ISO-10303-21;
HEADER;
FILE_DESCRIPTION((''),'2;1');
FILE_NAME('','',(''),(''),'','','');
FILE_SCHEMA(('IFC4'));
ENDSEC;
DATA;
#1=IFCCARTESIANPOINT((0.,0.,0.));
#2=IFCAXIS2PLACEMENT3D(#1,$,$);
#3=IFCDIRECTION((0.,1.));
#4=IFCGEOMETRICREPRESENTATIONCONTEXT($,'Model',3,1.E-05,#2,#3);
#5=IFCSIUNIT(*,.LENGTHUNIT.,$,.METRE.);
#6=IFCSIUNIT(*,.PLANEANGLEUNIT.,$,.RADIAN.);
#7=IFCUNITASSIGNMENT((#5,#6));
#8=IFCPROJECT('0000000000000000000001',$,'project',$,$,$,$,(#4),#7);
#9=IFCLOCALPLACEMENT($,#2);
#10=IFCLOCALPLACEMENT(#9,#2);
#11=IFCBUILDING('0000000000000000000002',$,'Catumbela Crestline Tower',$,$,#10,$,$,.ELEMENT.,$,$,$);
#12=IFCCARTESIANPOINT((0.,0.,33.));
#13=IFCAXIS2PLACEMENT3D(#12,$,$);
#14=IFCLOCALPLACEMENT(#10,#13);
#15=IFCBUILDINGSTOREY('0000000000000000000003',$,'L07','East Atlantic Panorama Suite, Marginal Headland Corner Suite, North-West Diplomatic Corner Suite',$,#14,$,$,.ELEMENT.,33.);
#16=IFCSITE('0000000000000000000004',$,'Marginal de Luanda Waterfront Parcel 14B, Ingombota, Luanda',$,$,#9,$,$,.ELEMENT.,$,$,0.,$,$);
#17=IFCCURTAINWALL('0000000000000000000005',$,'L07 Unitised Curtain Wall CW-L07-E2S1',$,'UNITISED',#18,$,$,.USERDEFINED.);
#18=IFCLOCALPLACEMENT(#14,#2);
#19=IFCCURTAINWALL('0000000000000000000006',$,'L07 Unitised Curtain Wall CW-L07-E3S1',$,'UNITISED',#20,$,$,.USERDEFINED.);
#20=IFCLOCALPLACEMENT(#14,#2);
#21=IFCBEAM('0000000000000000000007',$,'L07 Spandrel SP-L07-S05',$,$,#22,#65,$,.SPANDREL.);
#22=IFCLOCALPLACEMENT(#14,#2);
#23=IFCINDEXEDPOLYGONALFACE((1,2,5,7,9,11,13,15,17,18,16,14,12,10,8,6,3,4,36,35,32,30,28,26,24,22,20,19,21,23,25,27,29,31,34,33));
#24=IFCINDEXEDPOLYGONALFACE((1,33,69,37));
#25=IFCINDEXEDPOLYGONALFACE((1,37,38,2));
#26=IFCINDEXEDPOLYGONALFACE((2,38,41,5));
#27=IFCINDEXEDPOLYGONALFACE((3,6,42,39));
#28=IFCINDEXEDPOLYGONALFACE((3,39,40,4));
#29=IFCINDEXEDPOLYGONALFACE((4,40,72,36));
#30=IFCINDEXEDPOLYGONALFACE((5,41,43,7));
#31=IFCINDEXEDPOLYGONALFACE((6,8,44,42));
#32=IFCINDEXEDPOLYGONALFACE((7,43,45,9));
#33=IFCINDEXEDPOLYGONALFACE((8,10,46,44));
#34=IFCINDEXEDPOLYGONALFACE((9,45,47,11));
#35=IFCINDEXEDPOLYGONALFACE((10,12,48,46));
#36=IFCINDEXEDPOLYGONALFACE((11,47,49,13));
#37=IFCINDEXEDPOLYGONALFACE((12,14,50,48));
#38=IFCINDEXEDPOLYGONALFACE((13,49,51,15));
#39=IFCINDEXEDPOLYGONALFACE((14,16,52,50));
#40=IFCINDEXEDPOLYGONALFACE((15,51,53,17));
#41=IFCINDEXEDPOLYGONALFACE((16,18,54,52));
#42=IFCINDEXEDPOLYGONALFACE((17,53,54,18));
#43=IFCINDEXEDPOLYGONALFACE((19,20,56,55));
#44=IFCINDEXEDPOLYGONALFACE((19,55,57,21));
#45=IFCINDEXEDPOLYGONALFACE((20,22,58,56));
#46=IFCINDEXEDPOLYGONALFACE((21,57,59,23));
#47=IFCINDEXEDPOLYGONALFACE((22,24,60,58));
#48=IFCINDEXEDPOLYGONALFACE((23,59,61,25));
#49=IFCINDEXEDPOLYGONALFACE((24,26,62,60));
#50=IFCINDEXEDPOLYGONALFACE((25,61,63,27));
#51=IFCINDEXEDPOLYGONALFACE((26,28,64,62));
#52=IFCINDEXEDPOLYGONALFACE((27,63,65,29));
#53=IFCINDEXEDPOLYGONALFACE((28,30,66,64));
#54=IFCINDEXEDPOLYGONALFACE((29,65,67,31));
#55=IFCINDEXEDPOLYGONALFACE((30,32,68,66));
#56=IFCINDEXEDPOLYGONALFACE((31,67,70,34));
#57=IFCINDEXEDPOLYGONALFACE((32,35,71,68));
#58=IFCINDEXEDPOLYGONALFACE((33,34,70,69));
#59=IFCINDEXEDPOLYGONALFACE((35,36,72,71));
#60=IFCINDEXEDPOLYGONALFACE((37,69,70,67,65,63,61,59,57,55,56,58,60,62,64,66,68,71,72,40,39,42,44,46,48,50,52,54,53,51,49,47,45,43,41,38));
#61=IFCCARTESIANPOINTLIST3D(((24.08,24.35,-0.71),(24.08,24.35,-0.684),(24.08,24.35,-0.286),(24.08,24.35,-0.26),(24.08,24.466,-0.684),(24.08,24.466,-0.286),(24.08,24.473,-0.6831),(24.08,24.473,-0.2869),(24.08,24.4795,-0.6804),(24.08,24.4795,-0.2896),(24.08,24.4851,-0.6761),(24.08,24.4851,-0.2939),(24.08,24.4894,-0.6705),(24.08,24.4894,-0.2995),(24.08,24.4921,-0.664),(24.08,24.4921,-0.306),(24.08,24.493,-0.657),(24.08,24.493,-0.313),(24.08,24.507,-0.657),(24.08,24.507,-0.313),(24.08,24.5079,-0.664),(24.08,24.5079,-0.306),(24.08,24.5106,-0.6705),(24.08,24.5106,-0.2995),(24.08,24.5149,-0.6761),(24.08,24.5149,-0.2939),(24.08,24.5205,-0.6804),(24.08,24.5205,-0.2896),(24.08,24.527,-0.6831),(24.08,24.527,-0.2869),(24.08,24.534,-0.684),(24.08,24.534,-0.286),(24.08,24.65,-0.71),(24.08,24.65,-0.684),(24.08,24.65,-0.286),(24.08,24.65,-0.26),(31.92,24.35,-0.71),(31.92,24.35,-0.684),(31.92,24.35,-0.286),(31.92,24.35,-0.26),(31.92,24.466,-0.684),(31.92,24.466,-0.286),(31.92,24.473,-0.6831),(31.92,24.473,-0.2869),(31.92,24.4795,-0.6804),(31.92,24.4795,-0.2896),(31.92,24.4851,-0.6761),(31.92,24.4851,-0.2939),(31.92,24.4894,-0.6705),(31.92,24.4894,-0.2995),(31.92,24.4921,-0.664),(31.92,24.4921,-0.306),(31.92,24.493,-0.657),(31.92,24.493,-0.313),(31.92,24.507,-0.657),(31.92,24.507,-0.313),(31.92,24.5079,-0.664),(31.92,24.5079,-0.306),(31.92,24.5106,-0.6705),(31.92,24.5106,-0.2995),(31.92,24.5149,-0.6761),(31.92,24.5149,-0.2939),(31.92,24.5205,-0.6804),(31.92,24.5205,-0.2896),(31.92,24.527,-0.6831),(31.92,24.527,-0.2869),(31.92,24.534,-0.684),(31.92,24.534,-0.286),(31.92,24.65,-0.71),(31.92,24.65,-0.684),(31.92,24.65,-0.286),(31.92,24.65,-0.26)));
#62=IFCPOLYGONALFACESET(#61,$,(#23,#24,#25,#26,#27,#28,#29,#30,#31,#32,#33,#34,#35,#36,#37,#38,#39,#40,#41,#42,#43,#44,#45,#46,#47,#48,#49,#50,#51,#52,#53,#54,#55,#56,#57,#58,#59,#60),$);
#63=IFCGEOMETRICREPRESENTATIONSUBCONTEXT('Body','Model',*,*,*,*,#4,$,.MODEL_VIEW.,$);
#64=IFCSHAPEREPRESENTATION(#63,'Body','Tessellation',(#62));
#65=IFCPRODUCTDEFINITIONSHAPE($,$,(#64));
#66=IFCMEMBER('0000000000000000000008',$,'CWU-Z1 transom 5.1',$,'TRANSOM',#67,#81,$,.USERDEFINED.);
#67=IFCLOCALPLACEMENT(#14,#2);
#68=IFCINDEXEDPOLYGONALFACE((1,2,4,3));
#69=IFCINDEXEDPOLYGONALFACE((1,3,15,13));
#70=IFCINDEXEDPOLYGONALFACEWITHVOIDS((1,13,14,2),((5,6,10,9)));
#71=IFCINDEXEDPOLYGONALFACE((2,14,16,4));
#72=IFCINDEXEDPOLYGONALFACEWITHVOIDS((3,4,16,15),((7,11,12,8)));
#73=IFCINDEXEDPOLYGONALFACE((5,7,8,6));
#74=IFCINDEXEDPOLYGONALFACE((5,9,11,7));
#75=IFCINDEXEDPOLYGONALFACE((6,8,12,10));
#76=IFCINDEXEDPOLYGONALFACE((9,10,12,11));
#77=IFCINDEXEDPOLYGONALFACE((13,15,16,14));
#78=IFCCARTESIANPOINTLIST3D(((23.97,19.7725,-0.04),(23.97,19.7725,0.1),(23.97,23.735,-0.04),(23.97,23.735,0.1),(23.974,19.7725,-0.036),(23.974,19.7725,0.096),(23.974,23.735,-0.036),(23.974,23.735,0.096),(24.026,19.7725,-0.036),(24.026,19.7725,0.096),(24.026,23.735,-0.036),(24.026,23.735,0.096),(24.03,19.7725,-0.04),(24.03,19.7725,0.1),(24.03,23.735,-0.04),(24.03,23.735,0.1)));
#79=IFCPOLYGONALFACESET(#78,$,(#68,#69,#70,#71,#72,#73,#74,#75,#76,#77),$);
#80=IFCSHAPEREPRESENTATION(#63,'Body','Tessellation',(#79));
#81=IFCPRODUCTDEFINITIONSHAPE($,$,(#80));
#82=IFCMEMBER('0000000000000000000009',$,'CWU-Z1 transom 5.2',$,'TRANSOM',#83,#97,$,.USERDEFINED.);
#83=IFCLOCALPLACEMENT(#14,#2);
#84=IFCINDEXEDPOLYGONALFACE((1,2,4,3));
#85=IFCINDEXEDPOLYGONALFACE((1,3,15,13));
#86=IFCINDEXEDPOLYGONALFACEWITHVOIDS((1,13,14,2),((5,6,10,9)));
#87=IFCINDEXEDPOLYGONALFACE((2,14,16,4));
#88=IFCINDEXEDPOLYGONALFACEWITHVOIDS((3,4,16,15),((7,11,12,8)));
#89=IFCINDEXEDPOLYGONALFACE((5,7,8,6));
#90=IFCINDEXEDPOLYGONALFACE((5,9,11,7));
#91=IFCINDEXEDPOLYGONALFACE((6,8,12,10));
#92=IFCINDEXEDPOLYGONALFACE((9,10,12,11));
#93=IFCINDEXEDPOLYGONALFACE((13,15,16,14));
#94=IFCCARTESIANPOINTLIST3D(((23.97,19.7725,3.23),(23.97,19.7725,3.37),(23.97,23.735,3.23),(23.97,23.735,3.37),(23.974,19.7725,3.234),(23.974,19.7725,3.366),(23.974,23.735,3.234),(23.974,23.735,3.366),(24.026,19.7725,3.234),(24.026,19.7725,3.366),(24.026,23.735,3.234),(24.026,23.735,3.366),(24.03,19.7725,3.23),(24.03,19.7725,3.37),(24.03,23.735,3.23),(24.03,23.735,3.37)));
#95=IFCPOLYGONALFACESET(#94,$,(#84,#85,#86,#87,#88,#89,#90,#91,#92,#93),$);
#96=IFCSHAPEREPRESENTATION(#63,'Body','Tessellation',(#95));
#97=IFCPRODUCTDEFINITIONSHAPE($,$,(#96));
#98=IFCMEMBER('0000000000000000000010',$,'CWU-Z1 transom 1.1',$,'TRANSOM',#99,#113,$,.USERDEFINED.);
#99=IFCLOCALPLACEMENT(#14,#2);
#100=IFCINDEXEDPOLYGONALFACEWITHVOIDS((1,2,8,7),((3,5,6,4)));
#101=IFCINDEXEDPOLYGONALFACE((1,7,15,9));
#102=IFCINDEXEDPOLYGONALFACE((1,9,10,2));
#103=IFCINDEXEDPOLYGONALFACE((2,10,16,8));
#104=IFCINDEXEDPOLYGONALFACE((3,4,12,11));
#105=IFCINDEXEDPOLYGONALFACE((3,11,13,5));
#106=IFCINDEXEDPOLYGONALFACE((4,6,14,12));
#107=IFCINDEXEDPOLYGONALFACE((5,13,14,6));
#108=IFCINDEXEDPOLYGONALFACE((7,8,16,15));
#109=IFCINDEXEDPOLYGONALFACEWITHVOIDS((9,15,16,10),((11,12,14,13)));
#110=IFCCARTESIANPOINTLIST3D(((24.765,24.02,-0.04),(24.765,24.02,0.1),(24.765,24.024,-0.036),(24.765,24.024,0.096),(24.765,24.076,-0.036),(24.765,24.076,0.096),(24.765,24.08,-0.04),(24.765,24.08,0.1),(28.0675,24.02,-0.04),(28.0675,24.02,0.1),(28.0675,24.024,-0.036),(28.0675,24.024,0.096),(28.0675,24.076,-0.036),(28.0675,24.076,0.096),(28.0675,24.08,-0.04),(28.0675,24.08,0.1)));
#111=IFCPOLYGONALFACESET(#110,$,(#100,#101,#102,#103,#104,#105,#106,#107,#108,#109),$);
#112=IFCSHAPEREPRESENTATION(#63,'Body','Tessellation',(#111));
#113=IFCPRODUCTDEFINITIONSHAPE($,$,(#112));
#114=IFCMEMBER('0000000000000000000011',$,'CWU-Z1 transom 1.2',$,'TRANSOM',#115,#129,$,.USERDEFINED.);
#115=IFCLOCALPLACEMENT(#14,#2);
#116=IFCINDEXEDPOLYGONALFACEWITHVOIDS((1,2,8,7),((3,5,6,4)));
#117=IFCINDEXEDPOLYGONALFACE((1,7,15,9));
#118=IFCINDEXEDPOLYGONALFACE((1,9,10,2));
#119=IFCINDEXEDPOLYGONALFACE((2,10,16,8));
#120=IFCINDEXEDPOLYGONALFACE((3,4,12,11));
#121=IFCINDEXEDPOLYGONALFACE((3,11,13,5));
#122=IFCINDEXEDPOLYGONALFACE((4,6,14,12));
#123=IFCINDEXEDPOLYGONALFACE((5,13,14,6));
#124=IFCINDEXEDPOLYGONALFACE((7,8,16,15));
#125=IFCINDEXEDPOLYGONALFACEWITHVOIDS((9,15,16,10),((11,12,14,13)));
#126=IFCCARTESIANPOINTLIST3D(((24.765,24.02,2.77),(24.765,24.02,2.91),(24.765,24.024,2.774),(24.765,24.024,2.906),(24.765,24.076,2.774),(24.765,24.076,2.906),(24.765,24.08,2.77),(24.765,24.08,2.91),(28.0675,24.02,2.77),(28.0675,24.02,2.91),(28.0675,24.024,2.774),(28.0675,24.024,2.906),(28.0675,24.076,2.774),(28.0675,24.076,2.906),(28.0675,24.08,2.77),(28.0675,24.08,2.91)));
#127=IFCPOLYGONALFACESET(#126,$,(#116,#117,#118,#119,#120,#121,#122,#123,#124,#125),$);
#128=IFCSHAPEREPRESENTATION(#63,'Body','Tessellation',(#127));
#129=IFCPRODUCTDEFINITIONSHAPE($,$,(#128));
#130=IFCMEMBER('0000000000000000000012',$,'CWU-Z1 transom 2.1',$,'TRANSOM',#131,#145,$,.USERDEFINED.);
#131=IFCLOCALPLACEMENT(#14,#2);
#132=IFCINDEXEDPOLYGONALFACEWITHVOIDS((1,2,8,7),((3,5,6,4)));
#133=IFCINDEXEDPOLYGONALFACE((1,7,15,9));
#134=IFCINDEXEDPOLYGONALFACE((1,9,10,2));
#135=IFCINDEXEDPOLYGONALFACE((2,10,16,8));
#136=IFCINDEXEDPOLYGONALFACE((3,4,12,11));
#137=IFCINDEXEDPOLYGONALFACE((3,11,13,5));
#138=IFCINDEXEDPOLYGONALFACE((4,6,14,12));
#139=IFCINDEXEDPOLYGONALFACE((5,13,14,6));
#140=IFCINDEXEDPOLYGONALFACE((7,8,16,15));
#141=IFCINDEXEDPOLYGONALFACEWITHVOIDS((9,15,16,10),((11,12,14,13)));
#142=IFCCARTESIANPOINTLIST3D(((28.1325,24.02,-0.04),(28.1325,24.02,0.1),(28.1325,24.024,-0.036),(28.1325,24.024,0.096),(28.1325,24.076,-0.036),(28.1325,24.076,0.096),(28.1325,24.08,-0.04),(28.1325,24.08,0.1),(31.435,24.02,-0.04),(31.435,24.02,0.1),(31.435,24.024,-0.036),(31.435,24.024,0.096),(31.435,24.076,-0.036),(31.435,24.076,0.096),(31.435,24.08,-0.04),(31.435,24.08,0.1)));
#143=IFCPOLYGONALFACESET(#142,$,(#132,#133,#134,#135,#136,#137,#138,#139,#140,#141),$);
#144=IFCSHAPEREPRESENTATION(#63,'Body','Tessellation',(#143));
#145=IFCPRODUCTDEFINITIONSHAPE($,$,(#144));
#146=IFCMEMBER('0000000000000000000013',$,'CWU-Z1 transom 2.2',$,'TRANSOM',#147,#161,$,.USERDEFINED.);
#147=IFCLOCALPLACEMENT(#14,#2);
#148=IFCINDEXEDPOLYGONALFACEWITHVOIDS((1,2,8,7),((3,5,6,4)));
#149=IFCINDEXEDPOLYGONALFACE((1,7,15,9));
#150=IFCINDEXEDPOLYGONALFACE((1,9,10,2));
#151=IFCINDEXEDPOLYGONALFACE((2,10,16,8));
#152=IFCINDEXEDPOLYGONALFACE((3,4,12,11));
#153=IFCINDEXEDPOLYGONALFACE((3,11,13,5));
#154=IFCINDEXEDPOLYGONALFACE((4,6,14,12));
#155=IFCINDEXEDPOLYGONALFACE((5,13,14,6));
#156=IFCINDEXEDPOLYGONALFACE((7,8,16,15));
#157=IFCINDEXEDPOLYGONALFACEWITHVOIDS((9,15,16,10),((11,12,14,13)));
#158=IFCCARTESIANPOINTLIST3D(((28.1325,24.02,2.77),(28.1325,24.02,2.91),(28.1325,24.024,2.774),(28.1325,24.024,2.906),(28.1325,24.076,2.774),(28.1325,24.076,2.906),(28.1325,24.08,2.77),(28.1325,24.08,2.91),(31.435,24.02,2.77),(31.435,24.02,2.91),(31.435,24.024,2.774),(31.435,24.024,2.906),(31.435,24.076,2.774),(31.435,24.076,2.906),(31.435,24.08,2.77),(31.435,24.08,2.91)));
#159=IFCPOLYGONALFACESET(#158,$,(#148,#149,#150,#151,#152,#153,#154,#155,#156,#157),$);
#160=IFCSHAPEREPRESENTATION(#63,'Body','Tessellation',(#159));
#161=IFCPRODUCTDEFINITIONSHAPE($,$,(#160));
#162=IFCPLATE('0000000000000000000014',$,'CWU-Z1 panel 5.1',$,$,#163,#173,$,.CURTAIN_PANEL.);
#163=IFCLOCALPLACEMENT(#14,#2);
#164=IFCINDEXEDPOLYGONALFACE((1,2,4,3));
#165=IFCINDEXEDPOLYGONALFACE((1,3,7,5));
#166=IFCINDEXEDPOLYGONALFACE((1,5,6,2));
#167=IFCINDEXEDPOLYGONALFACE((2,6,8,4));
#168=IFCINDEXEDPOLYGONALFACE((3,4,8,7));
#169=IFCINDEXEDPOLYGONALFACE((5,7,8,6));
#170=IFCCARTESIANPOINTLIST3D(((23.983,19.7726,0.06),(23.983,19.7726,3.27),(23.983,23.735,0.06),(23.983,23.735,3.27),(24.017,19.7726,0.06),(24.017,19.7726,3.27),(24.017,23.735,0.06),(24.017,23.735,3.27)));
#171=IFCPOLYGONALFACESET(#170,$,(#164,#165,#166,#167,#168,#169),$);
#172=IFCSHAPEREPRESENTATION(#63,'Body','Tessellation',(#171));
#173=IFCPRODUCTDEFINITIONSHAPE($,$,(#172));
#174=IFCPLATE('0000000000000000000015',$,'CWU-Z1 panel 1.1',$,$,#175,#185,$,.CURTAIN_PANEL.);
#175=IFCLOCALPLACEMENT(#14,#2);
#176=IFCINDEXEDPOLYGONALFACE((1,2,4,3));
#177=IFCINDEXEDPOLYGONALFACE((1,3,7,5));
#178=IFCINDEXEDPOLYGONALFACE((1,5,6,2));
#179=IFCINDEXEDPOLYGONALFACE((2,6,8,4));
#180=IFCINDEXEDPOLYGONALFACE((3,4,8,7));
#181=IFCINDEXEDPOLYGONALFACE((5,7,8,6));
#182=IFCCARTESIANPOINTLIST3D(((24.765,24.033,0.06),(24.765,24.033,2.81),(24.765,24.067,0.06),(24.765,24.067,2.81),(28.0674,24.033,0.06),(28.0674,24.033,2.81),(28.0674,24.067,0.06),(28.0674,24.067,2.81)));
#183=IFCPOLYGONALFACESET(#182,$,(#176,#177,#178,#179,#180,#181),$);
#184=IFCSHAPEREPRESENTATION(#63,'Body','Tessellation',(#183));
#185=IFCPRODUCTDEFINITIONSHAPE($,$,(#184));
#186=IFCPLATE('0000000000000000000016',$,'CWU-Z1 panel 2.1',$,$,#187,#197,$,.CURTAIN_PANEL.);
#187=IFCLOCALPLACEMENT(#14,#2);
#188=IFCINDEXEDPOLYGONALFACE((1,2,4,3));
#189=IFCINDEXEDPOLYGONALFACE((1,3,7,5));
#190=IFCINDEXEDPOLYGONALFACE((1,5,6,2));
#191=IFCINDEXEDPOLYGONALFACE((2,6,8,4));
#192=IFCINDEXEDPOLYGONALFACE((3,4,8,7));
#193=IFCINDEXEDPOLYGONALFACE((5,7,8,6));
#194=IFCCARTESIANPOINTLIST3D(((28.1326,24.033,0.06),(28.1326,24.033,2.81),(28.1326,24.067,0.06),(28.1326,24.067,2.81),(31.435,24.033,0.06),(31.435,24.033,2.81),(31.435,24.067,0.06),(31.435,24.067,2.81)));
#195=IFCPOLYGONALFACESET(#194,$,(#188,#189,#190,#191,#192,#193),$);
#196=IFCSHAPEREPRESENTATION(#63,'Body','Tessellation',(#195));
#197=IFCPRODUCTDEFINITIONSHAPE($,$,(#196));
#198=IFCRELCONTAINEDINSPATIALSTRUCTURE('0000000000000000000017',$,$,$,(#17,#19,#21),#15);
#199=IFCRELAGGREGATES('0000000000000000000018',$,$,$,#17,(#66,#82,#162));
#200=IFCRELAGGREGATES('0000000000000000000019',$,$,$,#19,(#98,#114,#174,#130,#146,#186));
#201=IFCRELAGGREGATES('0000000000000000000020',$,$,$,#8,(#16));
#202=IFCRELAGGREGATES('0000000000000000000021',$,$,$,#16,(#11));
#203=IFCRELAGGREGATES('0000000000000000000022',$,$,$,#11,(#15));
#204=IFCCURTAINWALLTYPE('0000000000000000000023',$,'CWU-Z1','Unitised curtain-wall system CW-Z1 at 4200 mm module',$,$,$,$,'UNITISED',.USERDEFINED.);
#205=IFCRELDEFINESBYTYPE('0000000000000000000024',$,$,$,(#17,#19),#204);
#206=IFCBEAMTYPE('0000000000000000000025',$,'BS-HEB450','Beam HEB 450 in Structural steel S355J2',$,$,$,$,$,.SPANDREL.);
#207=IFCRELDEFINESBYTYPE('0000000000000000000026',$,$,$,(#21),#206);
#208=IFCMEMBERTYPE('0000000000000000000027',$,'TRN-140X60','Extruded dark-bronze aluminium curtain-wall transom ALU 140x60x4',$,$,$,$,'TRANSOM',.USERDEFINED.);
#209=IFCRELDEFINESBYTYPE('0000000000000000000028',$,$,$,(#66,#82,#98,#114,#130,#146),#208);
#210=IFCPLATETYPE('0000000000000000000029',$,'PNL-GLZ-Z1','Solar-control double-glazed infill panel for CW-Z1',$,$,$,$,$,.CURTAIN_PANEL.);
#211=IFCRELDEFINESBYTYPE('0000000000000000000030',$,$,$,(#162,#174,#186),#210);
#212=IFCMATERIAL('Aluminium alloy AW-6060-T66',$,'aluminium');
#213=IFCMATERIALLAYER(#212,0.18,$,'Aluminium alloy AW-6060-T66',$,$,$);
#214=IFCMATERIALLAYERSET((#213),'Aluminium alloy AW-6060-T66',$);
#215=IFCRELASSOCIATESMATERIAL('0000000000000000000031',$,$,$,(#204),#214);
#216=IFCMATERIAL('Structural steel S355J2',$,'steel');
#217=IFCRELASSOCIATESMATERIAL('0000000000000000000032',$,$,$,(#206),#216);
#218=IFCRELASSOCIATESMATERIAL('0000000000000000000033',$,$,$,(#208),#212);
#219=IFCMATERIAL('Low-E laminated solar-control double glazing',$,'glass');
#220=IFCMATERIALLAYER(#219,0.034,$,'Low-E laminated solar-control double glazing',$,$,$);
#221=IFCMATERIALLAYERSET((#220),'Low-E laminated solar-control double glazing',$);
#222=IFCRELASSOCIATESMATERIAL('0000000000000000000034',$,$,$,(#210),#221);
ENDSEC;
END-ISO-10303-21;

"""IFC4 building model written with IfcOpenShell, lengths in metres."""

from ifc_helpers import new_model, si_unit, direction, frame, origin, origin_2d, place, context, subcontext, project, spatial, rectangle, hollow_rectangle, i_section, extrude, material, layer, layer_set, material_profile, profile_set, type_object, element, aggregate, save


model = new_model("IFC4")

# Units and contexts
model_context = context("Model", 3, precision=1e-05, world=origin(), true_north=direction((0.0, 1.0)))
body_context = subcontext(model_context, "Body", "Model", "MODEL_VIEW")
ifc_project = project(units=[si_unit("LENGTHUNIT", "METRE"), si_unit("PLANEANGLEUNIT", "RADIAN")], contexts=[model_context])

# Site, building, storey
site_placement = place(None, origin())
site = spatial("IfcSite", under=ifc_project, at=site_placement, Name="Marginal de Luanda Waterfront Parcel 14B, Ingombota, Luanda", CompositionType="ELEMENT", RefElevation=0.0)
building_placement = place(site_placement, origin())
building = spatial("IfcBuilding", under=site, at=building_placement, Name="Catumbela Crestline Tower", CompositionType="ELEMENT")
storey_placement = place(building_placement, frame((0.0, 0.0, 33.0)))
storey = spatial("IfcBuildingStorey", under=building, at=storey_placement, Name="L07", Description="East Atlantic Panorama Suite, Marginal Headland Corner Suite, North-West Diplomatic Corner Suite", CompositionType="ELEMENT", Elevation=33.0)

# Shared definitions
ifc_material_1 = material(Name="Structural steel S355J2", Category="steel")

# Curtain walls
ifc_material_2 = material(Name="Aluminium alloy AW-6060-T66", Category="aluminium")
ifc_layer_1 = layer(ifc_material_2, 0.18, Name="Aluminium alloy AW-6060-T66")
ifc_layer_set_1 = layer_set([ifc_layer_1], Name="Aluminium alloy AW-6060-T66")
curtain_wall_type = type_object("IfcCurtainWallType", Name="CWU-Z1", Description="Unitised curtain-wall system CW-Z1 at 4200 mm module", ElementType="UNITISED", PredefinedType="USERDEFINED", material=ifc_layer_set_1)
curtain_wall_1_placement = place(storey_placement, origin())
curtain_wall_1 = element("IfcCurtainWall", 1, at=curtain_wall_1_placement, inside=storey, type_object=curtain_wall_type, Name="L07 Unitised Curtain Wall CW-L07-E2S1", ObjectType="UNITISED", PredefinedType="USERDEFINED")
curtain_wall_2_placement = place(storey_placement, origin())
curtain_wall_2 = element("IfcCurtainWall", 2, at=curtain_wall_2_placement, inside=storey, type_object=curtain_wall_type, Name="L07 Unitised Curtain Wall CW-L07-E3S1", ObjectType="UNITISED", PredefinedType="USERDEFINED")

# Beam
ifc_material_profile_1 = material_profile(ifc_material_1, i_section(OverallWidth=0.3, OverallDepth=0.45, WebThickness=0.014, FlangeThickness=0.026, FilletRadius=0.027, at=origin_2d()), Name="HEB 450")
ifc_profile_set_1 = profile_set([ifc_material_profile_1], Name="Structural steel S355J2")
beam_type_1 = type_object("IfcBeamType", Name="BS-HEB450", Description="Beam HEB 450 in Structural steel S355J2", PredefinedType="SPANDREL", material=ifc_profile_set_1)
beam_1_placement = place(storey_placement, frame((24.08, 24.5, -0.485), z_axis=(1.0, 0.0, 0.0), x_axis=(0.0, 1.0, 0.0)))
element("IfcBeam", 3, at=beam_1_placement, inside=storey, type_object=beam_type_1, Name="L07 Spandrel SP-L07-S05", PredefinedType="SPANDREL", context=body_context, shape_type="SweptSolid", body=[
    extrude(i_section(OverallWidth=0.3, OverallDepth=0.45, WebThickness=0.014, FlangeThickness=0.026, FilletRadius=0.027, at=origin_2d()), origin(), (0.0, 0.0, 1.0), 7.84),
])

# Members
ifc_material_profile_2 = material_profile(ifc_material_2, hollow_rectangle(XDim=0.06, YDim=0.14, WallThickness=0.004, at=origin_2d()), Name="ALU 140x60x4")
ifc_profile_set_2 = profile_set([ifc_material_profile_2], Name="Aluminium alloy AW-6060-T66")
member_type_1 = type_object("IfcMemberType", Name="TRN-140X60", Description="Extruded dark-bronze aluminium curtain-wall transom ALU 140x60x4", ElementType="TRANSOM", PredefinedType="USERDEFINED", material=ifc_profile_set_2)
member_1_placement = place(storey_placement, frame((24.0, 19.7725, 0.03), z_axis=(0.0, 1.0, 0.0), x_axis=(-1.0, 0.0, 0.0)))
member_1 = element("IfcMember", 4, at=member_1_placement, type_object=member_type_1, Name="CWU-Z1 transom 5.1", ObjectType="TRANSOM", PredefinedType="USERDEFINED", context=body_context, shape_type="SweptSolid", body=[
    extrude(hollow_rectangle(XDim=0.06, YDim=0.14, WallThickness=0.004, at=origin_2d()), origin(), (0.0, 0.0, 1.0), 3.9625),
])
member_2_placement = place(storey_placement, frame((24.0, 19.7725, 3.3), z_axis=(0.0, 1.0, 0.0), x_axis=(-1.0, 0.0, 0.0)))
member_2 = element("IfcMember", 5, at=member_2_placement, type_object=member_type_1, Name="CWU-Z1 transom 5.2", ObjectType="TRANSOM", PredefinedType="USERDEFINED", context=body_context, shape_type="SweptSolid", body=[
    extrude(hollow_rectangle(XDim=0.06, YDim=0.14, WallThickness=0.004, at=origin_2d()), origin(), (0.0, 0.0, 1.0), 3.9625),
])
member_3_placement = place(storey_placement, frame((24.765, 24.05, 0.03), z_axis=(1.0, 0.0, 0.0), x_axis=(0.0, 1.0, 0.0)))
member_3 = element("IfcMember", 6, at=member_3_placement, type_object=member_type_1, Name="CWU-Z1 transom 1.1", ObjectType="TRANSOM", PredefinedType="USERDEFINED", context=body_context, shape_type="SweptSolid", body=[
    extrude(hollow_rectangle(XDim=0.06, YDim=0.14, WallThickness=0.004, at=origin_2d()), origin(), (0.0, 0.0, 1.0), 3.3025),
])
member_4_placement = place(storey_placement, frame((24.765, 24.05, 2.84), z_axis=(1.0, 0.0, 0.0), x_axis=(0.0, 1.0, 0.0)))
member_4 = element("IfcMember", 7, at=member_4_placement, type_object=member_type_1, Name="CWU-Z1 transom 1.2", ObjectType="TRANSOM", PredefinedType="USERDEFINED", context=body_context, shape_type="SweptSolid", body=[
    extrude(hollow_rectangle(XDim=0.06, YDim=0.14, WallThickness=0.004, at=origin_2d()), origin(), (0.0, 0.0, 1.0), 3.3025),
])
member_5_placement = place(storey_placement, frame((28.1325, 24.05, 0.03), z_axis=(1.0, 0.0, 0.0), x_axis=(0.0, 1.0, 0.0)))
member_5 = element("IfcMember", 8, at=member_5_placement, type_object=member_type_1, Name="CWU-Z1 transom 2.1", ObjectType="TRANSOM", PredefinedType="USERDEFINED", context=body_context, shape_type="SweptSolid", body=[
    extrude(hollow_rectangle(XDim=0.06, YDim=0.14, WallThickness=0.004, at=origin_2d()), origin(), (0.0, 0.0, 1.0), 3.3025),
])
member_6_placement = place(storey_placement, frame((28.1325, 24.05, 2.84), z_axis=(1.0, 0.0, 0.0), x_axis=(0.0, 1.0, 0.0)))
member_6 = element("IfcMember", 9, at=member_6_placement, type_object=member_type_1, Name="CWU-Z1 transom 2.2", ObjectType="TRANSOM", PredefinedType="USERDEFINED", context=body_context, shape_type="SweptSolid", body=[
    extrude(hollow_rectangle(XDim=0.06, YDim=0.14, WallThickness=0.004, at=origin_2d()), origin(), (0.0, 0.0, 1.0), 3.3025),
])

# Plates
ifc_material_3 = material(Name="Low-E laminated solar-control double glazing", Category="glass")
ifc_layer_2 = layer(ifc_material_3, 0.034, Name="Low-E laminated solar-control double glazing")
ifc_layer_set_2 = layer_set([ifc_layer_2], Name="Low-E laminated solar-control double glazing")
plate_type = type_object("IfcPlateType", Name="PNL-GLZ-Z1", Description="Solar-control double-glazed infill panel for CW-Z1", PredefinedType="CURTAIN_PANEL", material=ifc_layer_set_2)
plate_1_placement = place(storey_placement, frame((24.0, 21.7538, 0.06), z_axis=(0.0, 0.0, 1.0), x_axis=(0.0, 1.0, 0.0)))
plate_1 = element("IfcPlate", 10, at=plate_1_placement, type_object=plate_type, Name="CWU-Z1 panel 5.1", PredefinedType="CURTAIN_PANEL", context=body_context, shape_type="SweptSolid", body=[
    extrude(rectangle(XDim=3.9625, YDim=0.034, at=origin_2d()), origin(), (0.0, 0.0, 1.0), 3.21),
])
aggregate(curtain_wall_1, [member_1, member_2, plate_1])
plate_2_placement = place(storey_placement, frame((26.4162, 24.05, 0.06), z_axis=(0.0, 0.0, 1.0), x_axis=(1.0, 0.0, 0.0)))
plate_2 = element("IfcPlate", 11, at=plate_2_placement, type_object=plate_type, Name="CWU-Z1 panel 1.1", PredefinedType="CURTAIN_PANEL", context=body_context, shape_type="SweptSolid", body=[
    extrude(rectangle(XDim=3.3025, YDim=0.034, at=origin_2d()), origin(), (0.0, 0.0, 1.0), 2.75),
])
plate_3_placement = place(storey_placement, frame((29.7838, 24.05, 0.06), z_axis=(0.0, 0.0, 1.0), x_axis=(1.0, 0.0, 0.0)))
plate_3 = element("IfcPlate", 12, at=plate_3_placement, type_object=plate_type, Name="CWU-Z1 panel 2.1", PredefinedType="CURTAIN_PANEL", context=body_context, shape_type="SweptSolid", body=[
    extrude(rectangle(XDim=3.3025, YDim=0.034, at=origin_2d()), origin(), (0.0, 0.0, 1.0), 2.75),
])
aggregate(curtain_wall_2, [member_3, member_4, plate_2, member_5, member_6, plate_3])

save(model, "model.ifc")
